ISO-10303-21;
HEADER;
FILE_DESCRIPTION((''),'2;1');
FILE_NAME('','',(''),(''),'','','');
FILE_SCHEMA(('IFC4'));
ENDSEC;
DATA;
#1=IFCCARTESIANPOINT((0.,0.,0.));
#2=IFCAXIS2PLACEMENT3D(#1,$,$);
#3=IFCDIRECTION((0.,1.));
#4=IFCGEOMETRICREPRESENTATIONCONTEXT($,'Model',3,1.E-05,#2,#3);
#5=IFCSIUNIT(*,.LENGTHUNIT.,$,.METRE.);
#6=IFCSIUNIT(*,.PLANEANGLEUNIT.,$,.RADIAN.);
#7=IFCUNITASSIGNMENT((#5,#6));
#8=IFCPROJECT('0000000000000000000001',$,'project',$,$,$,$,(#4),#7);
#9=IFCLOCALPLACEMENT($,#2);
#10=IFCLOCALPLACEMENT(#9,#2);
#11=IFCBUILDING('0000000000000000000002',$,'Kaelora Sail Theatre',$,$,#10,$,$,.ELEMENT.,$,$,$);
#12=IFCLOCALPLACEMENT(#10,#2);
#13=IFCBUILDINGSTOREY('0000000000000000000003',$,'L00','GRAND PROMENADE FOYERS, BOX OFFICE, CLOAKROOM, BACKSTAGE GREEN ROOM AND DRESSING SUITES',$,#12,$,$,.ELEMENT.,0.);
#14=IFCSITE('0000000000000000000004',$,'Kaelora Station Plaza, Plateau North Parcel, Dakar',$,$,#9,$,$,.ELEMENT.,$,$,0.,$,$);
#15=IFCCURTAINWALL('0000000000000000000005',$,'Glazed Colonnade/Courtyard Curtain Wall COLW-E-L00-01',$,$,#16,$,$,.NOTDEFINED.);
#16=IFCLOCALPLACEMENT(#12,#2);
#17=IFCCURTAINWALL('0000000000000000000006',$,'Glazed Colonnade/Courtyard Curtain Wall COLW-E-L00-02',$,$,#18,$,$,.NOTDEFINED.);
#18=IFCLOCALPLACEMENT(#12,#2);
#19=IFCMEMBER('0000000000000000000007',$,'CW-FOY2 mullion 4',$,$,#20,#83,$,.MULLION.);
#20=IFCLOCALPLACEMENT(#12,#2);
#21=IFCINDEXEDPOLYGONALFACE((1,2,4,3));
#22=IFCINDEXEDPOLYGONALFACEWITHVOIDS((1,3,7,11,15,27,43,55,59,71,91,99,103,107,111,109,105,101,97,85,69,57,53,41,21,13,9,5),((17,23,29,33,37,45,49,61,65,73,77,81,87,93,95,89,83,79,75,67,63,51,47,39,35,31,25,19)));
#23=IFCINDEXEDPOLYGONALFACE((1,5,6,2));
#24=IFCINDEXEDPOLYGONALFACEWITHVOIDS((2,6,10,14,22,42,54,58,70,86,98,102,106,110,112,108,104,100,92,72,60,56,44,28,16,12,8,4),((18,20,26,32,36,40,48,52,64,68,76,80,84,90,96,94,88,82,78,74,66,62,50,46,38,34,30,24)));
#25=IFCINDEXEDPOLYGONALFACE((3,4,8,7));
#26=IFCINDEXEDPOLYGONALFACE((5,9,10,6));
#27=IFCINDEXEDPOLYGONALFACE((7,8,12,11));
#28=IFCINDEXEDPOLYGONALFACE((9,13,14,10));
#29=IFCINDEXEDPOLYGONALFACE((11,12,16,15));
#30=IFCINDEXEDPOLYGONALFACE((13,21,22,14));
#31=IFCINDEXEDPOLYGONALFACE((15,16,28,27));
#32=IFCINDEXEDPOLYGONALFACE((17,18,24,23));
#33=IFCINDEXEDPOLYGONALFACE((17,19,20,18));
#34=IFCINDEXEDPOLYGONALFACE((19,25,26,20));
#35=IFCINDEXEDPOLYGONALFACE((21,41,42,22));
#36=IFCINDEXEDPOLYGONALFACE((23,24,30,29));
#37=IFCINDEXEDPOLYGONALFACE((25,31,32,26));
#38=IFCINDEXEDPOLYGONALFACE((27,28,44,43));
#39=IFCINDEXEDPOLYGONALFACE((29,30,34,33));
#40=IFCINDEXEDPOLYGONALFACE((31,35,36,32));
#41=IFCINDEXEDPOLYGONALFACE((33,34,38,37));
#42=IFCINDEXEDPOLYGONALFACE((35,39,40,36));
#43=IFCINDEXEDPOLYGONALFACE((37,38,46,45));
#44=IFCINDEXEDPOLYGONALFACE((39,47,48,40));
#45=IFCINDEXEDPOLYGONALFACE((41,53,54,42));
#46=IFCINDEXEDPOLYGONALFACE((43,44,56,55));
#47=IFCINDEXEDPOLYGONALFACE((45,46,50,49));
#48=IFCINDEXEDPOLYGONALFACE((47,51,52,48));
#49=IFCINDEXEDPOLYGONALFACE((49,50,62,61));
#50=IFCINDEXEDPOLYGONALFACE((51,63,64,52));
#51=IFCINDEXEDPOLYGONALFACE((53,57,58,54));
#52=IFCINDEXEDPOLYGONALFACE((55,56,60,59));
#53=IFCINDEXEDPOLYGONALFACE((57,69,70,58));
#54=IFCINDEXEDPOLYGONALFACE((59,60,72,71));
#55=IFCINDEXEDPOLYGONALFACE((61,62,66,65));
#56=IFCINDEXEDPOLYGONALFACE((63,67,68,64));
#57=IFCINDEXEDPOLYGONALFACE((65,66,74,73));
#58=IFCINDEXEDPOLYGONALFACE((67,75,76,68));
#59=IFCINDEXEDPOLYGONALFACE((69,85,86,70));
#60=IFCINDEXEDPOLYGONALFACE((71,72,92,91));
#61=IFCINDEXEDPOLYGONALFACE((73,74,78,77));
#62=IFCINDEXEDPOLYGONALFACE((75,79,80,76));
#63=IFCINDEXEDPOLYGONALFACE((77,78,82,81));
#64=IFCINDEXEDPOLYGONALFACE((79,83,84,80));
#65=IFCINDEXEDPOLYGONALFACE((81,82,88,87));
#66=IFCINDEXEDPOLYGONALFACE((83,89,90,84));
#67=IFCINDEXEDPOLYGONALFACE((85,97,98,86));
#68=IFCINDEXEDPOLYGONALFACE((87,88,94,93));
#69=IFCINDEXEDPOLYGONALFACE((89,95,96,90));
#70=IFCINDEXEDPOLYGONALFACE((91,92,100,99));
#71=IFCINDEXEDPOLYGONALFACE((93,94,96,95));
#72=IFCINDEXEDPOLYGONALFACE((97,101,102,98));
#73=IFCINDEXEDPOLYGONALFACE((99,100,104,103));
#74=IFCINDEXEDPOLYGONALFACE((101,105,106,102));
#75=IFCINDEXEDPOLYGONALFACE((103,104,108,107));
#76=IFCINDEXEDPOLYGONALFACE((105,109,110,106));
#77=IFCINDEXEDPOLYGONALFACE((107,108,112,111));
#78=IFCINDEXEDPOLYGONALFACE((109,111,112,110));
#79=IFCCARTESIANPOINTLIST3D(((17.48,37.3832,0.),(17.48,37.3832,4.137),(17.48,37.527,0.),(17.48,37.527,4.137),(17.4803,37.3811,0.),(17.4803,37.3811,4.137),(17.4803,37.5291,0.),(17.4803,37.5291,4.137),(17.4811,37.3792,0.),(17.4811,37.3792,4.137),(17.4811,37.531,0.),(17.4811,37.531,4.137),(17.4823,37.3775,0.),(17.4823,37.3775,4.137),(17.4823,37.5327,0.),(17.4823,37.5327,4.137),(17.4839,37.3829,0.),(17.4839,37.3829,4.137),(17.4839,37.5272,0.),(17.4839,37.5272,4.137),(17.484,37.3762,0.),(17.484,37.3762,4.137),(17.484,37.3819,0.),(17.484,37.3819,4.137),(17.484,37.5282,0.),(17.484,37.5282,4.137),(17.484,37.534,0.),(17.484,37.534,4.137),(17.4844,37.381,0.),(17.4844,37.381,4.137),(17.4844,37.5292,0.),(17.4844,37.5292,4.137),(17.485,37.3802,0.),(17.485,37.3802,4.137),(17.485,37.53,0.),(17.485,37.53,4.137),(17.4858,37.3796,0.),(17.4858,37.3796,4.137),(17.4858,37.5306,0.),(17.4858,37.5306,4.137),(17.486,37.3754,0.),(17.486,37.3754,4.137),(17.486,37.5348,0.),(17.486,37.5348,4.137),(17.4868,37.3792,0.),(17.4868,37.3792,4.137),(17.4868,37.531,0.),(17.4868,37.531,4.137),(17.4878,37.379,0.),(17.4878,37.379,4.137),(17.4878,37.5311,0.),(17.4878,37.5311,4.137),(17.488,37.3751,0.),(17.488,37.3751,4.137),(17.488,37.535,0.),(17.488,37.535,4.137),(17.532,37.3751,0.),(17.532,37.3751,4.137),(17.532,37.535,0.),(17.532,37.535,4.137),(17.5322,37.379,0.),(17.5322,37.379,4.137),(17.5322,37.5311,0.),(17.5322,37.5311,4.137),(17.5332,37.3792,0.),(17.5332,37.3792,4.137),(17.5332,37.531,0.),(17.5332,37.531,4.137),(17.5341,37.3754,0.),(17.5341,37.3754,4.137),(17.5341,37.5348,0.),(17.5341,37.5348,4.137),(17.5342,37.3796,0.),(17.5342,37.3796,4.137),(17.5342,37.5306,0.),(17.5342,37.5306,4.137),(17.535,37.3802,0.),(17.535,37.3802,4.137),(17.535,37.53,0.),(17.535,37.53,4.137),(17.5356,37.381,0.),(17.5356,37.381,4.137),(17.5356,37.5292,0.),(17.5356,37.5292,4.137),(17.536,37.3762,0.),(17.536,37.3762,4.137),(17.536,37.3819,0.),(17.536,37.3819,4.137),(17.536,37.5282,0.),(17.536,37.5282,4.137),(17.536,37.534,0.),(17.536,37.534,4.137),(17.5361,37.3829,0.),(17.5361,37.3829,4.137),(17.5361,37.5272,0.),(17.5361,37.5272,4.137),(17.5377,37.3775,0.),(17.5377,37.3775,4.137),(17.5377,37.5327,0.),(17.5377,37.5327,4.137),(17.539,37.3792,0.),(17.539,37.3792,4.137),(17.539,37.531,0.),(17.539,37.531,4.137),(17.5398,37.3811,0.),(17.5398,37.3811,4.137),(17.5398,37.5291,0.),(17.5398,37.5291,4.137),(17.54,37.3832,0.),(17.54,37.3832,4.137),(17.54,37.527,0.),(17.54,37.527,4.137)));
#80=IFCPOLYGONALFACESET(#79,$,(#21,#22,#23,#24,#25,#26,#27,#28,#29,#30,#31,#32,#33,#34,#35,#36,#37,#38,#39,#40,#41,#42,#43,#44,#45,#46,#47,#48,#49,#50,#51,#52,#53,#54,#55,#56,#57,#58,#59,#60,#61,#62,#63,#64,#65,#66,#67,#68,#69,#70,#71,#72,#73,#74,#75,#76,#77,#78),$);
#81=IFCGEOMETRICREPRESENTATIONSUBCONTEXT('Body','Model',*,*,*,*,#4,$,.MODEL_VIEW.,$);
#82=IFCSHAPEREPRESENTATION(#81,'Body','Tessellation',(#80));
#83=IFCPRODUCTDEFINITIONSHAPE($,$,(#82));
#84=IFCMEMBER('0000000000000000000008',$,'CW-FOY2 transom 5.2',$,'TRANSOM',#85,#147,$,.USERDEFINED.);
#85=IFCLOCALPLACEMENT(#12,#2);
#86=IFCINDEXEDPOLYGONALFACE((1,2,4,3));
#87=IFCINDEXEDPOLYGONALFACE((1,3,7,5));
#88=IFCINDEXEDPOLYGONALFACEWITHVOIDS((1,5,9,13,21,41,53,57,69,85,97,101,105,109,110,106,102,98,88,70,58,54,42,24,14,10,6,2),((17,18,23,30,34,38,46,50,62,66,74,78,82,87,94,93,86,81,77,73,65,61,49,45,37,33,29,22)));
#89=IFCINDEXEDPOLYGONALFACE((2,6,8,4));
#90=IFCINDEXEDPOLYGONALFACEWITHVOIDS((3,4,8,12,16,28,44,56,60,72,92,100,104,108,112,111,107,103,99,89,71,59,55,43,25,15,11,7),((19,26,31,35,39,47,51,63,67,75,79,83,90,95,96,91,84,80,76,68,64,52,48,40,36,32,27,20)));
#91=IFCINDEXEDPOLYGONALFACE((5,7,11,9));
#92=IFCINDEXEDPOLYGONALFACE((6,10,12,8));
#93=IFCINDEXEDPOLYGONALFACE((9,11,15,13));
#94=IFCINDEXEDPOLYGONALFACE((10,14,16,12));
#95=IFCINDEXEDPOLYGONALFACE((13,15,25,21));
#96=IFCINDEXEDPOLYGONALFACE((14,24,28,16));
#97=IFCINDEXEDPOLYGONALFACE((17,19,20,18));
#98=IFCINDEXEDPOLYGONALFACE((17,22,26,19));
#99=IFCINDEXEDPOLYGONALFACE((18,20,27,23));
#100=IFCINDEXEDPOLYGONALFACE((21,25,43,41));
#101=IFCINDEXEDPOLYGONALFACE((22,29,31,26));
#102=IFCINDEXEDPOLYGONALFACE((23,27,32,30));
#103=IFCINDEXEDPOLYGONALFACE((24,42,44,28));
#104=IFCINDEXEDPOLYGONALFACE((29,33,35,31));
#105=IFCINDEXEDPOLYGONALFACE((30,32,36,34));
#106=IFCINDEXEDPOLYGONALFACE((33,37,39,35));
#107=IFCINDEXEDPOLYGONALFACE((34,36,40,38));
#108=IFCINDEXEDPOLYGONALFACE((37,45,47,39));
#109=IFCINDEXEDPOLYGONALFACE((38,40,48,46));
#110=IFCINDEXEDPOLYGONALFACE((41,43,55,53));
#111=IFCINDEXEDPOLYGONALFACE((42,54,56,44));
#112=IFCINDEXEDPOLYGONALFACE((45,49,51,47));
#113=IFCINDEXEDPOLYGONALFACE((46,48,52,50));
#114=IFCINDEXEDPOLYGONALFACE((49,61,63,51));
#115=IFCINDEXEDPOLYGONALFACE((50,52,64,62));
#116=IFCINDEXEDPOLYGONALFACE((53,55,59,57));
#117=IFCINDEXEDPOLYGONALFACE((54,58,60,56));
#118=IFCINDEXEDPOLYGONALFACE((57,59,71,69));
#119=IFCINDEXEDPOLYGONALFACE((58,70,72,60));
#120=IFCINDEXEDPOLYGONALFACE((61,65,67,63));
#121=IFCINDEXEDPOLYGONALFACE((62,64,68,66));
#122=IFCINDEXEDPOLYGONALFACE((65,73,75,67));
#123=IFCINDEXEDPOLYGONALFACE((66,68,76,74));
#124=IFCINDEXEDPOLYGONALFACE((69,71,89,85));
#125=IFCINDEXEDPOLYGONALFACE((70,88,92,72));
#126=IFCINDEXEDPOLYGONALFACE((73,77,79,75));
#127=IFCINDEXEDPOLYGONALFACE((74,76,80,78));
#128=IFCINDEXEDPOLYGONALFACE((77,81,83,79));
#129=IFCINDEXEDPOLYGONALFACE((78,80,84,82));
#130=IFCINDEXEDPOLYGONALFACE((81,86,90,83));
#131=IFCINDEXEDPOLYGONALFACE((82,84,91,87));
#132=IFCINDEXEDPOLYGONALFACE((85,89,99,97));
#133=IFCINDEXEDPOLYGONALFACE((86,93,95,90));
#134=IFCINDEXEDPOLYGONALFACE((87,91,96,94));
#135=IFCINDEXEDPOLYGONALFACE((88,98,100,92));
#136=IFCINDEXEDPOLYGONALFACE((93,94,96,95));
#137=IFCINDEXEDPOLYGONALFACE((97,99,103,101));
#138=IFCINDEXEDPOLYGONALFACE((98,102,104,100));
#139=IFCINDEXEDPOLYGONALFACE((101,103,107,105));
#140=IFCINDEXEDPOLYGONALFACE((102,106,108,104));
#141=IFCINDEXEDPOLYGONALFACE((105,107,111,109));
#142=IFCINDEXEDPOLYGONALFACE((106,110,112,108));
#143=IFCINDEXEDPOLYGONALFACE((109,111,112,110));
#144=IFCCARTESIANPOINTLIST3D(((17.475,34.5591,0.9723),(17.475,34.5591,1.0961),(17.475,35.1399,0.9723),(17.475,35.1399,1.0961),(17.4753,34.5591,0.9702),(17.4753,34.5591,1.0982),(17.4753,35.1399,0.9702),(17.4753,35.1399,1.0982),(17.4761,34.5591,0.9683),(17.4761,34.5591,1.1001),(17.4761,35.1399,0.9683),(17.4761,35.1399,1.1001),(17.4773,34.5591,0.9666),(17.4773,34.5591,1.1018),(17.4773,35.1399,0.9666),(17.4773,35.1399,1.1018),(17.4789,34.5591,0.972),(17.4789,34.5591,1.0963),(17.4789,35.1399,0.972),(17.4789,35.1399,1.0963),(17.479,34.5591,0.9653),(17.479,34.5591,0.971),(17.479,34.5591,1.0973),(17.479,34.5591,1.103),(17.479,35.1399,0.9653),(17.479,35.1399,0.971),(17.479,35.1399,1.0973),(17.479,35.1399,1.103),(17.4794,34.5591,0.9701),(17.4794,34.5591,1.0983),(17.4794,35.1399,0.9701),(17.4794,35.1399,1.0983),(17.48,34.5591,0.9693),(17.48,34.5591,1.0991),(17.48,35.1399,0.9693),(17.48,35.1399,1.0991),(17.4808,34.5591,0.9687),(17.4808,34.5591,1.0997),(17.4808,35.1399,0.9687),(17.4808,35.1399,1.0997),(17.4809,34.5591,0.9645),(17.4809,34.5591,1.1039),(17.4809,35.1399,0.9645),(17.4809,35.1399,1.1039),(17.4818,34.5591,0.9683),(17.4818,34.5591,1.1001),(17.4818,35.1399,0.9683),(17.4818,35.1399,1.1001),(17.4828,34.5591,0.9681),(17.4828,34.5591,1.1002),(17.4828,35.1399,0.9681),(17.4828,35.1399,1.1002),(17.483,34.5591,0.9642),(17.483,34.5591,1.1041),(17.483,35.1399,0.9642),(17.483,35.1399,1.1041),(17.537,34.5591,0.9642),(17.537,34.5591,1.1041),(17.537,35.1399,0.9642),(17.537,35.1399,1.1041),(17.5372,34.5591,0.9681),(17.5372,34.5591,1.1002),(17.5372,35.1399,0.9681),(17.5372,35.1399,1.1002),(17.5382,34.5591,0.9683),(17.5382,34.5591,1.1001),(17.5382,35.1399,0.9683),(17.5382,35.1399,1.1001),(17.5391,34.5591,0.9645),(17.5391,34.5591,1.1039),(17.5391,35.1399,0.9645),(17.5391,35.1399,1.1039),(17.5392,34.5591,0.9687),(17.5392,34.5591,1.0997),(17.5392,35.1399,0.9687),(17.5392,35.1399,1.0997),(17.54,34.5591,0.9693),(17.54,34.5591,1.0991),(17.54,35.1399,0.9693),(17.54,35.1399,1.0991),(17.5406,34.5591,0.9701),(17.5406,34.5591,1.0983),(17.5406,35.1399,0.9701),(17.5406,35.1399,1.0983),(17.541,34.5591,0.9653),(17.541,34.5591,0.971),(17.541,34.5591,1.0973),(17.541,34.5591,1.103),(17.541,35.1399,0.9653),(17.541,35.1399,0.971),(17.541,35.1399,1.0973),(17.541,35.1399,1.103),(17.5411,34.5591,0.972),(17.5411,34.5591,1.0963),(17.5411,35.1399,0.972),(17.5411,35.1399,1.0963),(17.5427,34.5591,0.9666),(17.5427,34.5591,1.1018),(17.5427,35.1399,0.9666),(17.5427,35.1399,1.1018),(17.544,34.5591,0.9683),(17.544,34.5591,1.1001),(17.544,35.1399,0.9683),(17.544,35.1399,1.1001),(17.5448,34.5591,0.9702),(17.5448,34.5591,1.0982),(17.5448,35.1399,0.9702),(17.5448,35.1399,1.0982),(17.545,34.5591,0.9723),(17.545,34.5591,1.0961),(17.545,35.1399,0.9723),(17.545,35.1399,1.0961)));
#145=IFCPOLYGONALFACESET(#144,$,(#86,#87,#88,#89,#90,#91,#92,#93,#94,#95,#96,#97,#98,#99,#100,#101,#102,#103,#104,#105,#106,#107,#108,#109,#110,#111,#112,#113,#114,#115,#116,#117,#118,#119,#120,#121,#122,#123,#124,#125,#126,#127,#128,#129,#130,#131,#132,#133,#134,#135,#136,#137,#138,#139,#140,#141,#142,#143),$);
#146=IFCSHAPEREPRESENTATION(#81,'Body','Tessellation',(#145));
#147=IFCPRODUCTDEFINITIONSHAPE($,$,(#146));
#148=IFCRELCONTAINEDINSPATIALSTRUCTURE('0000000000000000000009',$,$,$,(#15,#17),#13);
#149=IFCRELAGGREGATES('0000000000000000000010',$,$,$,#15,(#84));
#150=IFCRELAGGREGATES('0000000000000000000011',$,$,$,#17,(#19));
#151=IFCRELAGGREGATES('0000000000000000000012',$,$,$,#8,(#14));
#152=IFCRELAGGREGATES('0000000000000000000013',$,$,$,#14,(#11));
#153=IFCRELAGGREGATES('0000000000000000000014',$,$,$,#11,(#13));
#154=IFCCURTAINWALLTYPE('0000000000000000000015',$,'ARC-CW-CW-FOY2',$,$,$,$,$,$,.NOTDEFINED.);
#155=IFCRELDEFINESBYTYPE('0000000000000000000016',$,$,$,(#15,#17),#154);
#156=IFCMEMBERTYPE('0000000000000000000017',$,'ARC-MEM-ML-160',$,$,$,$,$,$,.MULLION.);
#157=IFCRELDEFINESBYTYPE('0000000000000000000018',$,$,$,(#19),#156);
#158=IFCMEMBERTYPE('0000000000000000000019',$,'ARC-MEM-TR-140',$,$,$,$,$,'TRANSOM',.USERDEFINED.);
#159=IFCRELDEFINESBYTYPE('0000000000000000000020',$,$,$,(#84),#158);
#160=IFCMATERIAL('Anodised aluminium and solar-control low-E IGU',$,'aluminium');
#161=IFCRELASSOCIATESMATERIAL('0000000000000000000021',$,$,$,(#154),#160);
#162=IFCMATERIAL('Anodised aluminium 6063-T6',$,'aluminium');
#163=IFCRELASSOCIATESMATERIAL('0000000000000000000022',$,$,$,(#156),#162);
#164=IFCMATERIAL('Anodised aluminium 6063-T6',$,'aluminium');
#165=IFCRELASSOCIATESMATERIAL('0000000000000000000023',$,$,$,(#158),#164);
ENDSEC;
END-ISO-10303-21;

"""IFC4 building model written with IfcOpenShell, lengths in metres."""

from ifc_helpers import new_model, si_unit, direction, frame, origin, origin_2d, place, context, subcontext, project, spatial, hollow_rectangle, extrude, material, material_profile, profile_set, type_object, element, aggregate, save


model = new_model("IFC4")

# Units and contexts
model_context = context("Model", 3, precision=1e-05, world=origin(), true_north=direction((0.0, 1.0)))
body_context = subcontext(model_context, "Body", "Model", "MODEL_VIEW")
ifc_project = project(units=[si_unit("LENGTHUNIT", "METRE"), si_unit("PLANEANGLEUNIT", "RADIAN")], contexts=[model_context])

# Site, building, storey
site_placement = place(None, origin())
site = spatial("IfcSite", under=ifc_project, at=site_placement, Name="Kaelora Station Plaza, Plateau North Parcel, Dakar", CompositionType="ELEMENT", RefElevation=0.0)
building_placement = place(site_placement, origin())
building = spatial("IfcBuilding", under=site, at=building_placement, Name="Kaelora Sail Theatre", CompositionType="ELEMENT")
storey_placement = place(building_placement, origin())
storey = spatial("IfcBuildingStorey", under=building, at=storey_placement, Name="L00", Description="GRAND PROMENADE FOYERS, BOX OFFICE, CLOAKROOM, BACKSTAGE GREEN ROOM AND DRESSING SUITES", CompositionType="ELEMENT", Elevation=0.0)

# Curtain wall
ifc_material_1 = material(Name="Anodised aluminium and solar-control low-E IGU", Category="aluminium")
curtain_wall_type = type_object("IfcCurtainWallType", Name="ARC-CW-CW-FOY2", PredefinedType="NOTDEFINED", material=ifc_material_1)
curtain_wall_1_placement = place(storey_placement, origin())
curtain_wall_1 = element("IfcCurtainWall", 1, at=curtain_wall_1_placement, inside=storey, type_object=curtain_wall_type, Name="Glazed Colonnade/Courtyard Curtain Wall COLW-E-L00-01", PredefinedType="NOTDEFINED")
ifc_material_2 = material(Name="Anodised aluminium 6063-T6", Category="aluminium")
ifc_material_profile_1 = material_profile(ifc_material_2, hollow_rectangle(XDim=0.0601, YDim=0.1599, WallThickness=0.0039, InnerFilletRadius=0.0039, OuterFilletRadius=0.0081, at=origin_2d()), Name="ALU-MULL 60x160x4")
ifc_profile_set_1 = profile_set([ifc_material_profile_1], Name="Anodised aluminium 6063-T6")
member_type_1 = type_object("IfcMemberType", Name="ARC-MEM-ML-160", PredefinedType="MULLION", material=ifc_profile_set_1)

# Curtain wall, member
curtain_wall_2_placement = place(storey_placement, origin())
curtain_wall_2 = element("IfcCurtainWall", 2, at=curtain_wall_2_placement, inside=storey, type_object=curtain_wall_type, Name="Glazed Colonnade/Courtyard Curtain Wall COLW-E-L00-02", PredefinedType="NOTDEFINED")
member_1_placement = place(storey_placement, frame((17.51, 37.4551, 0.0), z_axis=(0.0, 0.0, 1.0), x_axis=(-1.0, 0.0, 0.0)))
member_1 = element("IfcMember", 3, at=member_1_placement, type_object=member_type_1, Name="CW-FOY2 mullion 4", PredefinedType="MULLION", context=body_context, shape_type="SweptSolid", body=[
    extrude(hollow_rectangle(XDim=0.0601, YDim=0.1599, WallThickness=0.0039, InnerFilletRadius=0.0039, OuterFilletRadius=0.0081, at=origin_2d()), origin(), (0.0, 0.0, 1.0), 4.137),
])

# Member
ifc_material_3 = material(Name="Anodised aluminium 6063-T6", Category="aluminium")
ifc_material_profile_2 = material_profile(ifc_material_3, hollow_rectangle(XDim=0.0701, YDim=0.1399, WallThickness=0.0039, InnerFilletRadius=0.0039, OuterFilletRadius=0.0081, at=origin_2d()), Name="ALU-TRAN 70x140x4")
ifc_profile_set_2 = profile_set([ifc_material_profile_2], Name="Anodised aluminium 6063-T6")
member_type_2 = type_object("IfcMemberType", Name="ARC-MEM-TR-140", ElementType="TRANSOM", PredefinedType="USERDEFINED", material=ifc_profile_set_2)
member_2_placement = place(storey_placement, frame((17.51, 34.5591, 1.0342), z_axis=(0.0, 1.0, 0.0), x_axis=(-1.0, 0.0, 0.0)))
member_2 = element("IfcMember", 4, at=member_2_placement, type_object=member_type_2, Name="CW-FOY2 transom 5.2", ObjectType="TRANSOM", PredefinedType="USERDEFINED", context=body_context, shape_type="SweptSolid", body=[
    extrude(hollow_rectangle(XDim=0.0701, YDim=0.1399, WallThickness=0.0039, InnerFilletRadius=0.0039, OuterFilletRadius=0.0081, at=origin_2d()), origin(), (0.0, 0.0, 1.0), 0.5808),
])

aggregate(curtain_wall_1, [member_2])
aggregate(curtain_wall_2, [member_1])

save(model, "model.ifc")
